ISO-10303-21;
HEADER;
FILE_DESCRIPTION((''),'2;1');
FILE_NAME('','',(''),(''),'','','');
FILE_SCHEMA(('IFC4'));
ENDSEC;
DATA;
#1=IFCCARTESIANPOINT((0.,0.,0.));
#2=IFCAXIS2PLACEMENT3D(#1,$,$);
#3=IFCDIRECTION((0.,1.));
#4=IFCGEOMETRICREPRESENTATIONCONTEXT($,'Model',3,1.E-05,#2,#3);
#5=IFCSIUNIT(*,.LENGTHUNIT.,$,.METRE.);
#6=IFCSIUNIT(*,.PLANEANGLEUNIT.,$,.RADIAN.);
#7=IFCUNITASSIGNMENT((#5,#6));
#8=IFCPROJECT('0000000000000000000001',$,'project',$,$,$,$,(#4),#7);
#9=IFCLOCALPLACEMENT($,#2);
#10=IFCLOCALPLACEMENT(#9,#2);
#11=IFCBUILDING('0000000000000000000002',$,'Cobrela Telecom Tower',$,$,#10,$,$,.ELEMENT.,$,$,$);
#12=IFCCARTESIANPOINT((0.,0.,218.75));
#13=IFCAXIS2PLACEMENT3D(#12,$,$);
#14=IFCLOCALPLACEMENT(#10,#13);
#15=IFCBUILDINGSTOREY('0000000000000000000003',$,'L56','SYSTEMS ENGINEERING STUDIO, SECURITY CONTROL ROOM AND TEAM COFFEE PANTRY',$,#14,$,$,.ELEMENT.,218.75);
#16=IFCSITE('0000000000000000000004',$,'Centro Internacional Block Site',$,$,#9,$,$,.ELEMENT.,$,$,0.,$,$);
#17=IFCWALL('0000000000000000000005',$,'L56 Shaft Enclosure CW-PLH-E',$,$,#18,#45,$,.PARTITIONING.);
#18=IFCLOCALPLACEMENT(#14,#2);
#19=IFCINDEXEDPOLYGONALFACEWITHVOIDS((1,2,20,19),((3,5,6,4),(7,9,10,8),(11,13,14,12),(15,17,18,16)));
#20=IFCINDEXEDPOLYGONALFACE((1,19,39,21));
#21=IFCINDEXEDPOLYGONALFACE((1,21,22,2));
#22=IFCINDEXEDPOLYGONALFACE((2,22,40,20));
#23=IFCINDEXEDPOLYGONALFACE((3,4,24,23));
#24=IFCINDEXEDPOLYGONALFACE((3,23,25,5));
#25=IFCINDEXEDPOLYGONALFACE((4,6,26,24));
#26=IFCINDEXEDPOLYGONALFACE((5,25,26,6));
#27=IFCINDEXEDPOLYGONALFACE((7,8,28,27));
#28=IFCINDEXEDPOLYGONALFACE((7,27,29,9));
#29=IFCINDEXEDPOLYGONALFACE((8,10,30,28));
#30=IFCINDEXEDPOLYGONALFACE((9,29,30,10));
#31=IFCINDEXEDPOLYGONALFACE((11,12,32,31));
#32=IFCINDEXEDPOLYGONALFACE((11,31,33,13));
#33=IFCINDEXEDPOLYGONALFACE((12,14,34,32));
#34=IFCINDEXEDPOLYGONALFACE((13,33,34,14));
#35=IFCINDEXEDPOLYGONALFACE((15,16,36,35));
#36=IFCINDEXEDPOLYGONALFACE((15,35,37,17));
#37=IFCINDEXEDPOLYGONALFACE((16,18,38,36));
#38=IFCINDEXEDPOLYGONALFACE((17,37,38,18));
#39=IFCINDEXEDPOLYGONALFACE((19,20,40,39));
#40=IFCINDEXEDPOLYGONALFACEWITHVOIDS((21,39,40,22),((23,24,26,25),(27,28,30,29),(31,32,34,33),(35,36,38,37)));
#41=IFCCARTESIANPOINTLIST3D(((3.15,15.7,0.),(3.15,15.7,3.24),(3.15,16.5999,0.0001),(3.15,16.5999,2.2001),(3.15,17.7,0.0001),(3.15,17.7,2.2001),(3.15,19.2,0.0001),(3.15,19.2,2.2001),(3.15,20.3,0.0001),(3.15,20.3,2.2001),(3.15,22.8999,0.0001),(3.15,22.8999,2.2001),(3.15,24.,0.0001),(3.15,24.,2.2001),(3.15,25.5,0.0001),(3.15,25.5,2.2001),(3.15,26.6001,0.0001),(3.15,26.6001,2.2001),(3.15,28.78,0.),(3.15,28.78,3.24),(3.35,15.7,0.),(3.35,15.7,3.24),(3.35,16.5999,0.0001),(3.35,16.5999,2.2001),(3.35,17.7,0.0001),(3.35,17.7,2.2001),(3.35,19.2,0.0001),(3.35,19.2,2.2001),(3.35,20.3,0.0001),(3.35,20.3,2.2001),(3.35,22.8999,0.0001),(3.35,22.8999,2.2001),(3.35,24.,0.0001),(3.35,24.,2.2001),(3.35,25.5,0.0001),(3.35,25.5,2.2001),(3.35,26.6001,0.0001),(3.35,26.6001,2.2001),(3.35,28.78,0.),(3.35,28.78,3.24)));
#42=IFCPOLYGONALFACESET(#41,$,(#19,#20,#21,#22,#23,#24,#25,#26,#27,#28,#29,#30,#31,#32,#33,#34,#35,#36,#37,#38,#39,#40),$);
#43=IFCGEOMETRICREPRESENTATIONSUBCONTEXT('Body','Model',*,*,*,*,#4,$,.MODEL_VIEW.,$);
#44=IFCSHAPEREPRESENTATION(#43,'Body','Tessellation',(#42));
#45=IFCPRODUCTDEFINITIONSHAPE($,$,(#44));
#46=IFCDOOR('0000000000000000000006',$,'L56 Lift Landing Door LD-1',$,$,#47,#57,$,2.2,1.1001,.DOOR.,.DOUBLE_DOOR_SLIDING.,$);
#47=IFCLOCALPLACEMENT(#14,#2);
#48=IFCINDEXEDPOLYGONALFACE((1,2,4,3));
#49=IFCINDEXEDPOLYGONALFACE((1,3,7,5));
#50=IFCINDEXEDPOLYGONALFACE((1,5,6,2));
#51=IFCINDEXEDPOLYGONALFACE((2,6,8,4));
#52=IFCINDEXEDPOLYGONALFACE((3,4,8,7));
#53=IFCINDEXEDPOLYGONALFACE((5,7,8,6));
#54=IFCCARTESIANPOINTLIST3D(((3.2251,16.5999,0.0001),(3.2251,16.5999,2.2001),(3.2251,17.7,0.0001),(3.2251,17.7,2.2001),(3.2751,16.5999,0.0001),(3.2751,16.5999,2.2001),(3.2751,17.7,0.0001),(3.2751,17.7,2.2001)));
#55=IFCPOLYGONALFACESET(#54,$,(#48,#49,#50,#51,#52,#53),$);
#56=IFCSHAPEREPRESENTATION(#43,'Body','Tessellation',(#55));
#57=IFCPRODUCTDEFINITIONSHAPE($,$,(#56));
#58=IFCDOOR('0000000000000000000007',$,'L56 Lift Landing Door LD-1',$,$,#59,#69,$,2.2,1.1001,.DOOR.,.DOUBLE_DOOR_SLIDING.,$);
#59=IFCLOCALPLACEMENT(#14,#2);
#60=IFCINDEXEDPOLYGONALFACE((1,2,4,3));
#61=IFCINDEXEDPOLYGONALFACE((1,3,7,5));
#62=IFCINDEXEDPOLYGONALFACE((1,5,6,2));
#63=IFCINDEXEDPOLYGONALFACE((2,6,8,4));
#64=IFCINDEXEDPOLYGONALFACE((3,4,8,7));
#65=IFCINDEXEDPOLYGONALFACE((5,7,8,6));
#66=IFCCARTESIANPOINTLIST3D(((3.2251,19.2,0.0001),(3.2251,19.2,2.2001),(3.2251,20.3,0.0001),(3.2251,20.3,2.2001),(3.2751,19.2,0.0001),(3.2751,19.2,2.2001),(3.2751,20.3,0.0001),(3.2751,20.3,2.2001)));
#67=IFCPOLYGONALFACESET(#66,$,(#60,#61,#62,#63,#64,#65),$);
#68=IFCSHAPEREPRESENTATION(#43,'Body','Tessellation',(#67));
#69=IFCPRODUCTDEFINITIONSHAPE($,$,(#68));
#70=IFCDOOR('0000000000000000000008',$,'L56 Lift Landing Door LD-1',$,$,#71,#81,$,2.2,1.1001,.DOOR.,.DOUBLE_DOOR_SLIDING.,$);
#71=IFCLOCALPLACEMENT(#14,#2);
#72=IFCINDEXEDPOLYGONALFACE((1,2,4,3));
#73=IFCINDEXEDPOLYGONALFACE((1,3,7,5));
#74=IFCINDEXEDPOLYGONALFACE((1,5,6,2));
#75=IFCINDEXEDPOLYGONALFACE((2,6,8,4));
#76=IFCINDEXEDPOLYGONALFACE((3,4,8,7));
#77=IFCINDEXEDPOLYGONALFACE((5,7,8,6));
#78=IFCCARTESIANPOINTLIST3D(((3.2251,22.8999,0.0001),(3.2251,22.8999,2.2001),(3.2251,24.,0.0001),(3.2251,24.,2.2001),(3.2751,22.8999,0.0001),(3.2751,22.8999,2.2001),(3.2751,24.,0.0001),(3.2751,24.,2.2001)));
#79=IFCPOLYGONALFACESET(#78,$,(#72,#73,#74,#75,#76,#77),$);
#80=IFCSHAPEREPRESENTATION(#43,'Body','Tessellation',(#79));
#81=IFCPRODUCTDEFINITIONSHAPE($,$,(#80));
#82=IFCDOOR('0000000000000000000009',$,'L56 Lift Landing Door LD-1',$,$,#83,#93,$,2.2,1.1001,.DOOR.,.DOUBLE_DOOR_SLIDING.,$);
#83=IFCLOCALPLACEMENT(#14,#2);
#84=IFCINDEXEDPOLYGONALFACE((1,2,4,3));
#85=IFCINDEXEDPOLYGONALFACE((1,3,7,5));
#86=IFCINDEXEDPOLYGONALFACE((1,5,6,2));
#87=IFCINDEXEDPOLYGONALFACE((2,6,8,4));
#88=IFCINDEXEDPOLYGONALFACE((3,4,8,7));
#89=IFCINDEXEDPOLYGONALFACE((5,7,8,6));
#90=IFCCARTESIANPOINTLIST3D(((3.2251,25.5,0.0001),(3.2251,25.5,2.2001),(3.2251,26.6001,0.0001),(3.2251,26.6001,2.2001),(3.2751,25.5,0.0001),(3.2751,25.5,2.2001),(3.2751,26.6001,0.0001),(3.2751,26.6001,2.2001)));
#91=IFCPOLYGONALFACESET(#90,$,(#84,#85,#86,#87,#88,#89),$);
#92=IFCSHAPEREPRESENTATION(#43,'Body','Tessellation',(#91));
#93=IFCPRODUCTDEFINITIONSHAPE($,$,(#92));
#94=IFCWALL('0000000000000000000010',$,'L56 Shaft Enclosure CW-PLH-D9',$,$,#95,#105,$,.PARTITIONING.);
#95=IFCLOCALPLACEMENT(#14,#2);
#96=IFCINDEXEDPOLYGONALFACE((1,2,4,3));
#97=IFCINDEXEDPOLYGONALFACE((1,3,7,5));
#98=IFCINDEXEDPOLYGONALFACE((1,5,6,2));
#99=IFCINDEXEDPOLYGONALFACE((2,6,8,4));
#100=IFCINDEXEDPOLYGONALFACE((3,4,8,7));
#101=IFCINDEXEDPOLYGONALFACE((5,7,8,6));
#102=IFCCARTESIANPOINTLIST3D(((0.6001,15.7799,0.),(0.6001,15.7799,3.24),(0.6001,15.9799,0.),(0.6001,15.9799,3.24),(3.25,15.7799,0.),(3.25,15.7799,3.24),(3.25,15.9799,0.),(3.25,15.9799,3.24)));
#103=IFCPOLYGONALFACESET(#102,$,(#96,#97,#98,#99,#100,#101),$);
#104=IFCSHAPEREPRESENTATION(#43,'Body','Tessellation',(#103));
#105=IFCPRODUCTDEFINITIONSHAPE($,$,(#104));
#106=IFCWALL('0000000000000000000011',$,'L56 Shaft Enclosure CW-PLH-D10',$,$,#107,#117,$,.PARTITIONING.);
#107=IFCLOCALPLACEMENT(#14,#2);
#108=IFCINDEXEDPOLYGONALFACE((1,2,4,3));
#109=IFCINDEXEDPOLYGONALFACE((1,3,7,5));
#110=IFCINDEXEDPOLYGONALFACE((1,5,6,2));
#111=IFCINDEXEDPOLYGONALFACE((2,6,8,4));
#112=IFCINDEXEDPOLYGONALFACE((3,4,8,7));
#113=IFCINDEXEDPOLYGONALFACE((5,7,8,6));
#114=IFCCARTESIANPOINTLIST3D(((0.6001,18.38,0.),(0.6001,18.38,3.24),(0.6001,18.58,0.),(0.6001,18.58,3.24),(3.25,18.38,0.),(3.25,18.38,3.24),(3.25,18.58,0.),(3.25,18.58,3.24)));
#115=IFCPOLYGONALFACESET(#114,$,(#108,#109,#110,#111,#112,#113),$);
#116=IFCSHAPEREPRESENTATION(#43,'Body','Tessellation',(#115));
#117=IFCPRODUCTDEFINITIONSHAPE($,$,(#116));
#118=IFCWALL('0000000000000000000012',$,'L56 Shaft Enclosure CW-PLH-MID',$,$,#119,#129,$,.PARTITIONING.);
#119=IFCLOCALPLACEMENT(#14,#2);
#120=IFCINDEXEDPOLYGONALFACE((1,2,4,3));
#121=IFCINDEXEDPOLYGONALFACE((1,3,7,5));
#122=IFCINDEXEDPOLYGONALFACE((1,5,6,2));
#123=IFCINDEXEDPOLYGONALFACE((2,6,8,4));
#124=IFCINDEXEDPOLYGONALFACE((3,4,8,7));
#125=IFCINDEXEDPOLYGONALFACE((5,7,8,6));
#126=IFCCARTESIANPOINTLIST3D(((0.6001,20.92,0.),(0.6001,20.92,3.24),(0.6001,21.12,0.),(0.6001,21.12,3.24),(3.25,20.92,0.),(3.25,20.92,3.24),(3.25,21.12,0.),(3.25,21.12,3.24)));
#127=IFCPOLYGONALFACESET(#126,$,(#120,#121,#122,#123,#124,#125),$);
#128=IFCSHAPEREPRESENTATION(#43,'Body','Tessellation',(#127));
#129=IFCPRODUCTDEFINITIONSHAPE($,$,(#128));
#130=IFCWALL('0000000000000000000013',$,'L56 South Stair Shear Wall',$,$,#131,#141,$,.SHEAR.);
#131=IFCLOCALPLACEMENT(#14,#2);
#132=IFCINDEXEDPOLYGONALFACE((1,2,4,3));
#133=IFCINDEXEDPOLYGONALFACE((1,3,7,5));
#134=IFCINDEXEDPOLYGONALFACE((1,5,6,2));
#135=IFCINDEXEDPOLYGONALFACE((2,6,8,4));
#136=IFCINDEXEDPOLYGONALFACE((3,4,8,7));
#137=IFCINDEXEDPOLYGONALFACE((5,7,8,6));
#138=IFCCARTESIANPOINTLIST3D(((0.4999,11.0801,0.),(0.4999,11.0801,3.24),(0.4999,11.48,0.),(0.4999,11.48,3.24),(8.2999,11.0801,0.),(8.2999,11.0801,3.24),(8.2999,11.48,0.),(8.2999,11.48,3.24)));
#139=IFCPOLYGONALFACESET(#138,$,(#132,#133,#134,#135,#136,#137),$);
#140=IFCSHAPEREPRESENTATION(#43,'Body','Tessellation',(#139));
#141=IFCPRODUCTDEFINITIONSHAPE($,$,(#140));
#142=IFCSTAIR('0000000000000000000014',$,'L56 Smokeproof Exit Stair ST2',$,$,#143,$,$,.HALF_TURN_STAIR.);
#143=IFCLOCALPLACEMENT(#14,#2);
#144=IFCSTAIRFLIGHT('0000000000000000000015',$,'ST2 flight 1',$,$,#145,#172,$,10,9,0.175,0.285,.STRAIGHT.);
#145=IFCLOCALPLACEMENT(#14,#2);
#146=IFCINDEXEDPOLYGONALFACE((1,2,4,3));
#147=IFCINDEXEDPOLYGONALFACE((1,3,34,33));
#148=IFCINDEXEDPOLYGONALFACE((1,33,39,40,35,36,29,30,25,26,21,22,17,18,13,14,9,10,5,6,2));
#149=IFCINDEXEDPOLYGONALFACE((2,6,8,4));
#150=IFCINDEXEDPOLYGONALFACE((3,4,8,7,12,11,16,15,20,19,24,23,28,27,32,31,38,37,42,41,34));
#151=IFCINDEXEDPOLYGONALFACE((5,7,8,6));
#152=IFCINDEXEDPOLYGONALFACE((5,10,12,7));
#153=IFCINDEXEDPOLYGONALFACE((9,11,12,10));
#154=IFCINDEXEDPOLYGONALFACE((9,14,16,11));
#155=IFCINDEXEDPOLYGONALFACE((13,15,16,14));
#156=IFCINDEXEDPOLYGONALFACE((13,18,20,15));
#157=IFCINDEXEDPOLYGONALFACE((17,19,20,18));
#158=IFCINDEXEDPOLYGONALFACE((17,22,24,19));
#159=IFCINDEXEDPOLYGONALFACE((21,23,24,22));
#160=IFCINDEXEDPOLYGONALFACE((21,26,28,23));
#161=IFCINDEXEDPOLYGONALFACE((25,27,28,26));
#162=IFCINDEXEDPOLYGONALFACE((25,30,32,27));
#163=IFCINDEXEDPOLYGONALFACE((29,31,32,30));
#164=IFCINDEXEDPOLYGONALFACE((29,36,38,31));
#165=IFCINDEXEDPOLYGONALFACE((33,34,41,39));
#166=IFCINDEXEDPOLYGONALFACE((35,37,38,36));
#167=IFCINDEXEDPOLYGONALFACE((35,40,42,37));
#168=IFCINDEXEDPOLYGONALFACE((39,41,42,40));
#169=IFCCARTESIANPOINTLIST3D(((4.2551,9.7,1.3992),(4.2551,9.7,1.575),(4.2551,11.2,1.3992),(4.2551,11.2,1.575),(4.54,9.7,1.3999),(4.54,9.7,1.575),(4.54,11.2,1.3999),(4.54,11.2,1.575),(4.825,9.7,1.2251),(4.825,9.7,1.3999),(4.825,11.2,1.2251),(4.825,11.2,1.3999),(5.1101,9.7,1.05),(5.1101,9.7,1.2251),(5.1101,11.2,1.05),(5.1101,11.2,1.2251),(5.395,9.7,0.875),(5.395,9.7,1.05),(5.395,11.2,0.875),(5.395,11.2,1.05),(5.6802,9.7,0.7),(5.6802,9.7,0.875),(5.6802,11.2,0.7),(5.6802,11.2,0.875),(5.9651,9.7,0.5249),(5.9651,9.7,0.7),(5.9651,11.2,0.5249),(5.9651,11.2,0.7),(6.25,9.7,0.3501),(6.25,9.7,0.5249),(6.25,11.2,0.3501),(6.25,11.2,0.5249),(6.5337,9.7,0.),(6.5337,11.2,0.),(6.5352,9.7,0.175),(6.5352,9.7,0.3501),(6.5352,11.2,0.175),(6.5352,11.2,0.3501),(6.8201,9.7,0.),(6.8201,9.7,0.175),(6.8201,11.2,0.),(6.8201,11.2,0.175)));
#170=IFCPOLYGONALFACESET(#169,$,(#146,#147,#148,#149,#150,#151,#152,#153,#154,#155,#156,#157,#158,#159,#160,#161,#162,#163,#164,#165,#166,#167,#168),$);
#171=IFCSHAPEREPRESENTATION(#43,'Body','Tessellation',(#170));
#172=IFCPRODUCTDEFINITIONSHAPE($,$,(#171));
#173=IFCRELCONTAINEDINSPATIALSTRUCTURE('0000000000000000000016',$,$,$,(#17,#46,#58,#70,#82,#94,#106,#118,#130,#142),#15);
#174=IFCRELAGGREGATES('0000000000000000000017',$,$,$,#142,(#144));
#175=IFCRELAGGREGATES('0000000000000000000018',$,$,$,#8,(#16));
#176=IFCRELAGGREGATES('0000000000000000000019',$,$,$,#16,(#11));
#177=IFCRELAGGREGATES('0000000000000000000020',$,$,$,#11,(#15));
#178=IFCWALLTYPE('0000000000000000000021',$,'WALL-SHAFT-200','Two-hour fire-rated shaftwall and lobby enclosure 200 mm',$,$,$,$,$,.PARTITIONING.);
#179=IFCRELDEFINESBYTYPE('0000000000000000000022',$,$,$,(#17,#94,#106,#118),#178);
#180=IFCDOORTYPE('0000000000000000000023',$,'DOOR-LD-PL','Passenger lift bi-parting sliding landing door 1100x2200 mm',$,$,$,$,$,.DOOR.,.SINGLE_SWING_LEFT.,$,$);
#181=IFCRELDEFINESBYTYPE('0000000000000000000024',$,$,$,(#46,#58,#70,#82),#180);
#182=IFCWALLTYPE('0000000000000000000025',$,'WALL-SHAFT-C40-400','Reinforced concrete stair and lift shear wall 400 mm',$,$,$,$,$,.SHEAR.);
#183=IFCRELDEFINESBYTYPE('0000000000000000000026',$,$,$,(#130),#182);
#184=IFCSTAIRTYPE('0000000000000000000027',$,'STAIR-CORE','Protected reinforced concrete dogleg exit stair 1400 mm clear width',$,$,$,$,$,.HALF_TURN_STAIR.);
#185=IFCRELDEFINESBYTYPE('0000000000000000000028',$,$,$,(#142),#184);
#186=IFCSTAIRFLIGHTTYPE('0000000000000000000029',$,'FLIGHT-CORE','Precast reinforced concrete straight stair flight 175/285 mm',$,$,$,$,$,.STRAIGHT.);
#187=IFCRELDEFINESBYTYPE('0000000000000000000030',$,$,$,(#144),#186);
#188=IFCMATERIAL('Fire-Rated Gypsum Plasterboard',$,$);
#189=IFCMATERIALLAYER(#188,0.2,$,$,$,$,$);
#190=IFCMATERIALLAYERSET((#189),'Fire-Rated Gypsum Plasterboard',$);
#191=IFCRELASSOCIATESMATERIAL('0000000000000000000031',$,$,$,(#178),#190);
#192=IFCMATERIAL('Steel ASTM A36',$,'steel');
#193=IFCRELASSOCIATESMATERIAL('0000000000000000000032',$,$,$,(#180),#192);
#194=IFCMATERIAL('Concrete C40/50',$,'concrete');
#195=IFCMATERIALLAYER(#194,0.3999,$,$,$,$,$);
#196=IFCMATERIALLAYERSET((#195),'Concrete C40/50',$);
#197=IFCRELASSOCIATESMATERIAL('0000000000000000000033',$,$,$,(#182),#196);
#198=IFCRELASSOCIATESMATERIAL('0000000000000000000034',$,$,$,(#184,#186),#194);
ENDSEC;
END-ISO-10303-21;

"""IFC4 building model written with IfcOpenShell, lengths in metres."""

from ifc_helpers import new_model, si_unit, direction, frame, frame_2d, origin, place, context, subcontext, project, spatial, polyline, rectangle, outline, extrude, material, layer, layer_set, type_object, element, fill, aggregate, save


model = new_model("IFC4")

# Units and contexts
model_context = context("Model", 3, precision=1e-05, world=origin(), true_north=direction((0.0, 1.0)))
body_context = subcontext(model_context, "Body", "Model", "MODEL_VIEW")
ifc_project = project(units=[si_unit("LENGTHUNIT", "METRE"), si_unit("PLANEANGLEUNIT", "RADIAN")], contexts=[model_context])

# Site, building, storey
site_placement = place(None, origin())
site = spatial("IfcSite", under=ifc_project, at=site_placement, Name="Centro Internacional Block Site", CompositionType="ELEMENT", RefElevation=0.0)
building_placement = place(site_placement, origin())
building = spatial("IfcBuilding", under=site, at=building_placement, Name="Cobrela Telecom Tower", CompositionType="ELEMENT")
storey_placement = place(building_placement, frame((0.0, 0.0, 218.75)))
storey = spatial("IfcBuildingStorey", under=building, at=storey_placement, Name="L56", Description="SYSTEMS ENGINEERING STUDIO, SECURITY CONTROL ROOM AND TEAM COFFEE PANTRY", CompositionType="ELEMENT", Elevation=218.75)

# Shared definitions
ifc_material_1 = material(Name="Fire-Rated Gypsum Plasterboard")

# Wall, openings, doors
ifc_layer_1 = layer(ifc_material_1, 0.2)
ifc_layer_set_1 = layer_set([ifc_layer_1], Name="Fire-Rated Gypsum Plasterboard")
wall_type_1 = type_object("IfcWallType", Name="WALL-SHAFT-200", Description="Two-hour fire-rated shaftwall and lobby enclosure 200 mm", PredefinedType="PARTITIONING", material=ifc_layer_set_1)
wall_1_placement = place(storey_placement, frame((3.25, 15.7, 0.0), z_axis=(0.0, 0.0, 1.0), x_axis=(0.0, 1.0, 0.0)))
wall_1 = element("IfcWall", 1, at=wall_1_placement, inside=storey, type_object=wall_type_1, Name="L56 Shaft Enclosure CW-PLH-E", PredefinedType="PARTITIONING", context=body_context, shape_type="SweptSolid", body=[
    extrude(rectangle(XDim=13.0801, YDim=0.2, at=frame_2d((6.54, 0.0))), origin(), (0.0, 0.0, 1.0), 3.24),
])
opening_1_placement = place(wall_1_placement, frame((0.8999, 0.0, 0.0)))
opening_1 = element("IfcOpeningElement", 2, at=opening_1_placement, cuts=wall_1, PredefinedType="OPENING", context=body_context, shape_type="SweptSolid", body=[
    extrude(rectangle(XDim=1.1001, YDim=2.2, at=frame_2d((0.55, 1.1001))), frame((0.0, 0.1118, 0.0), z_axis=(0.0, -1.0, 0.0), x_axis=(1.0, 0.0, 0.0)), (0.0, 0.0, 1.0), 0.2239),
])
opening_2_placement = place(wall_1_placement, frame((3.5, 0.0, 0.0)))
opening_2 = element("IfcOpeningElement", 3, at=opening_2_placement, cuts=wall_1, PredefinedType="OPENING", context=body_context, shape_type="SweptSolid", body=[
    extrude(rectangle(XDim=1.1001, YDim=2.2, at=frame_2d((0.55, 1.1001))), frame((0.0, 0.1118, 0.0), z_axis=(0.0, -1.0, 0.0), x_axis=(1.0, 0.0, 0.0)), (0.0, 0.0, 1.0), 0.2239),
])
opening_3_placement = place(wall_1_placement, frame((7.2, 0.0, 0.0)))
opening_3 = element("IfcOpeningElement", 4, at=opening_3_placement, cuts=wall_1, PredefinedType="OPENING", context=body_context, shape_type="SweptSolid", body=[
    extrude(rectangle(XDim=1.1001, YDim=2.2, at=frame_2d((0.55, 1.1001))), frame((0.0, 0.1118, 0.0), z_axis=(0.0, -1.0, 0.0), x_axis=(1.0, 0.0, 0.0)), (0.0, 0.0, 1.0), 0.2239),
])
opening_4_placement = place(wall_1_placement, frame((9.8, 0.0, 0.0)))
opening_4 = element("IfcOpeningElement", 5, at=opening_4_placement, cuts=wall_1, PredefinedType="OPENING", context=body_context, shape_type="SweptSolid", body=[
    extrude(rectangle(XDim=1.1001, YDim=2.2, at=frame_2d((0.55, 1.1001))), frame((0.0, 0.1118, 0.0), z_axis=(0.0, -1.0, 0.0), x_axis=(1.0, 0.0, 0.0)), (0.0, 0.0, 1.0), 0.2239),
])
ifc_material_2 = material(Name="Steel ASTM A36", Category="steel")
door_type_1 = type_object("IfcDoorType", Name="DOOR-LD-PL", Description="Passenger lift bi-parting sliding landing door 1100x2200 mm", OperationType="SINGLE_SWING_LEFT", PredefinedType="DOOR", material=ifc_material_2)
door_1_placement = place(opening_1_placement, origin())
door_1 = element("IfcDoor", 6, at=door_1_placement, inside=storey, type_object=door_type_1, Name="L56 Lift Landing Door LD-1", OperationType="DOUBLE_DOOR_SLIDING", OverallHeight=2.2, OverallWidth=1.1001, PredefinedType="DOOR", context=body_context, shape_type="SweptSolid", body=[
    extrude(rectangle(XDim=1.1001, YDim=2.2, at=frame_2d((0.55, 1.1001))), frame((0.0, 0.0249, 0.0), z_axis=(0.0, -1.0, 0.0), x_axis=(1.0, 0.0, 0.0)), (0.0, 0.0, 1.0), 0.05),
])
fill(opening_1, door_1)
door_2_placement = place(opening_2_placement, origin())
door_2 = element("IfcDoor", 7, at=door_2_placement, inside=storey, type_object=door_type_1, Name="L56 Lift Landing Door LD-1", OperationType="DOUBLE_DOOR_SLIDING", OverallHeight=2.2, OverallWidth=1.1001, PredefinedType="DOOR", context=body_context, shape_type="SweptSolid", body=[
    extrude(rectangle(XDim=1.1001, YDim=2.2, at=frame_2d((0.55, 1.1001))), frame((0.0, 0.0249, 0.0), z_axis=(0.0, -1.0, 0.0), x_axis=(1.0, 0.0, 0.0)), (0.0, 0.0, 1.0), 0.05),
])
fill(opening_2, door_2)
door_3_placement = place(opening_3_placement, origin())
door_3 = element("IfcDoor", 8, at=door_3_placement, inside=storey, type_object=door_type_1, Name="L56 Lift Landing Door LD-1", OperationType="DOUBLE_DOOR_SLIDING", OverallHeight=2.2, OverallWidth=1.1001, PredefinedType="DOOR", context=body_context, shape_type="SweptSolid", body=[
    extrude(rectangle(XDim=1.1001, YDim=2.2, at=frame_2d((0.55, 1.1001))), frame((0.0, 0.0249, 0.0), z_axis=(0.0, -1.0, 0.0), x_axis=(1.0, 0.0, 0.0)), (0.0, 0.0, 1.0), 0.05),
])
fill(opening_3, door_3)
door_4_placement = place(opening_4_placement, origin())
door_4 = element("IfcDoor", 9, at=door_4_placement, inside=storey, type_object=door_type_1, Name="L56 Lift Landing Door LD-1", OperationType="DOUBLE_DOOR_SLIDING", OverallHeight=2.2, OverallWidth=1.1001, PredefinedType="DOOR", context=body_context, shape_type="SweptSolid", body=[
    extrude(rectangle(XDim=1.1001, YDim=2.2, at=frame_2d((0.55, 1.1001))), frame((0.0, 0.0249, 0.0), z_axis=(0.0, -1.0, 0.0), x_axis=(1.0, 0.0, 0.0)), (0.0, 0.0, 1.0), 0.05),
])
fill(opening_4, door_4)

# Walls
for number, where, z_axis, x_axis, name in (
    (10, (0.6001, 15.8799, 0.0), (0.0, 0.0, 1.0), (1.0, 0.0, 0.0), "L56 Shaft Enclosure CW-PLH-D9"),
    (11, (0.6001, 18.48, 0.0), (0.0, 0.0, 1.0), (1.0, 0.0, 0.0), "L56 Shaft Enclosure CW-PLH-D10"),
    (12, (0.6001, 21.02, 0.0), (0.0, 0.0, 1.0), (1.0, 0.0, 0.0), "L56 Shaft Enclosure CW-PLH-MID"),
):
    element("IfcWall", number, at=place(storey_placement, frame(where, z_axis=z_axis, x_axis=x_axis)), inside=storey, type_object=wall_type_1, Name=name, PredefinedType="PARTITIONING", context=body_context, shape_type="SweptSolid", body=[
        extrude(rectangle(XDim=2.6499, YDim=0.2, at=frame_2d((1.325, 0.0))), origin(), (0.0, 0.0, 1.0), 3.24),
    ])
ifc_material_3 = material(Name="Concrete C40/50", Category="concrete")
ifc_layer_2 = layer(ifc_material_3, 0.3999)
ifc_layer_set_2 = layer_set([ifc_layer_2], Name="Concrete C40/50")
wall_type_2 = type_object("IfcWallType", Name="WALL-SHAFT-C40-400", Description="Reinforced concrete stair and lift shear wall 400 mm", PredefinedType="SHEAR", material=ifc_layer_set_2)
wall_2_placement = place(storey_placement, frame((0.5, 11.28, 0.0), z_axis=(0.0, 0.0, 1.0), x_axis=(1.0, 0.0, 0.0)))
element("IfcWall", 13, at=wall_2_placement, inside=storey, type_object=wall_type_2, Name="L56 South Stair Shear Wall", PredefinedType="SHEAR", context=body_context, shape_type="SweptSolid", body=[
    extrude(rectangle(XDim=7.8, YDim=0.3999, at=frame_2d((3.8999, 0.0))), origin(), (0.0, 0.0, 1.0), 3.24),
])

# Stair, stair flight
stair_type = type_object("IfcStairType", Name="STAIR-CORE", Description="Protected reinforced concrete dogleg exit stair 1400 mm clear width", PredefinedType="HALF_TURN_STAIR", material=ifc_material_3)
stair_placement = place(storey_placement, origin())
stair = element("IfcStair", 14, at=stair_placement, inside=storey, type_object=stair_type, Name="L56 Smokeproof Exit Stair ST2", PredefinedType="HALF_TURN_STAIR")
stair_flight_type = type_object("IfcStairFlightType", Name="FLIGHT-CORE", Description="Precast reinforced concrete straight stair flight 175/285 mm", PredefinedType="STRAIGHT", material=ifc_material_3)
stair_flight_1_placement = place(storey_placement, frame((6.8201, 10.45, 0.0), z_axis=(0.0, 0.0, 1.0), x_axis=(-1.0, 0.0, 0.0)))
stair_flight_1 = element("IfcStairFlight", 15, at=stair_flight_1_placement, type_object=stair_flight_type, Name="ST2 flight 1", NumberOfRisers=10, NumberOfTreads=9, PredefinedType="STRAIGHT", RiserHeight=0.175, TreadLength=0.285, context=body_context, shape_type="SweptSolid", body=[
    extrude(outline(polyline([(0.0, 0.0), (0.0, 0.175), (0.2849, 0.175), (0.2849, 0.3501), (0.5701, 0.3501), (0.5701, 0.5249), (0.855, 0.5249), (0.855, 0.7), (1.1399, 0.7), (1.1399, 0.875), (1.425, 0.875), (1.425, 1.05), (1.71, 1.05), (1.71, 1.2251), (1.9951, 1.2251), (1.9951, 1.3999), (2.28, 1.3999), (2.28, 1.575), (2.5649, 1.575), (2.5649, 1.75), (2.5649, 1.3992), (0.2864, 0.0), (0.0, 0.0)])), frame((0.0, 0.75, 0.0), z_axis=(0.0, -1.0, 0.0), x_axis=(1.0, 0.0, 0.0)), (0.0, 0.0, 1.0), 1.5),
])
aggregate(stair, [stair_flight_1])

save(model, "model.ifc")
